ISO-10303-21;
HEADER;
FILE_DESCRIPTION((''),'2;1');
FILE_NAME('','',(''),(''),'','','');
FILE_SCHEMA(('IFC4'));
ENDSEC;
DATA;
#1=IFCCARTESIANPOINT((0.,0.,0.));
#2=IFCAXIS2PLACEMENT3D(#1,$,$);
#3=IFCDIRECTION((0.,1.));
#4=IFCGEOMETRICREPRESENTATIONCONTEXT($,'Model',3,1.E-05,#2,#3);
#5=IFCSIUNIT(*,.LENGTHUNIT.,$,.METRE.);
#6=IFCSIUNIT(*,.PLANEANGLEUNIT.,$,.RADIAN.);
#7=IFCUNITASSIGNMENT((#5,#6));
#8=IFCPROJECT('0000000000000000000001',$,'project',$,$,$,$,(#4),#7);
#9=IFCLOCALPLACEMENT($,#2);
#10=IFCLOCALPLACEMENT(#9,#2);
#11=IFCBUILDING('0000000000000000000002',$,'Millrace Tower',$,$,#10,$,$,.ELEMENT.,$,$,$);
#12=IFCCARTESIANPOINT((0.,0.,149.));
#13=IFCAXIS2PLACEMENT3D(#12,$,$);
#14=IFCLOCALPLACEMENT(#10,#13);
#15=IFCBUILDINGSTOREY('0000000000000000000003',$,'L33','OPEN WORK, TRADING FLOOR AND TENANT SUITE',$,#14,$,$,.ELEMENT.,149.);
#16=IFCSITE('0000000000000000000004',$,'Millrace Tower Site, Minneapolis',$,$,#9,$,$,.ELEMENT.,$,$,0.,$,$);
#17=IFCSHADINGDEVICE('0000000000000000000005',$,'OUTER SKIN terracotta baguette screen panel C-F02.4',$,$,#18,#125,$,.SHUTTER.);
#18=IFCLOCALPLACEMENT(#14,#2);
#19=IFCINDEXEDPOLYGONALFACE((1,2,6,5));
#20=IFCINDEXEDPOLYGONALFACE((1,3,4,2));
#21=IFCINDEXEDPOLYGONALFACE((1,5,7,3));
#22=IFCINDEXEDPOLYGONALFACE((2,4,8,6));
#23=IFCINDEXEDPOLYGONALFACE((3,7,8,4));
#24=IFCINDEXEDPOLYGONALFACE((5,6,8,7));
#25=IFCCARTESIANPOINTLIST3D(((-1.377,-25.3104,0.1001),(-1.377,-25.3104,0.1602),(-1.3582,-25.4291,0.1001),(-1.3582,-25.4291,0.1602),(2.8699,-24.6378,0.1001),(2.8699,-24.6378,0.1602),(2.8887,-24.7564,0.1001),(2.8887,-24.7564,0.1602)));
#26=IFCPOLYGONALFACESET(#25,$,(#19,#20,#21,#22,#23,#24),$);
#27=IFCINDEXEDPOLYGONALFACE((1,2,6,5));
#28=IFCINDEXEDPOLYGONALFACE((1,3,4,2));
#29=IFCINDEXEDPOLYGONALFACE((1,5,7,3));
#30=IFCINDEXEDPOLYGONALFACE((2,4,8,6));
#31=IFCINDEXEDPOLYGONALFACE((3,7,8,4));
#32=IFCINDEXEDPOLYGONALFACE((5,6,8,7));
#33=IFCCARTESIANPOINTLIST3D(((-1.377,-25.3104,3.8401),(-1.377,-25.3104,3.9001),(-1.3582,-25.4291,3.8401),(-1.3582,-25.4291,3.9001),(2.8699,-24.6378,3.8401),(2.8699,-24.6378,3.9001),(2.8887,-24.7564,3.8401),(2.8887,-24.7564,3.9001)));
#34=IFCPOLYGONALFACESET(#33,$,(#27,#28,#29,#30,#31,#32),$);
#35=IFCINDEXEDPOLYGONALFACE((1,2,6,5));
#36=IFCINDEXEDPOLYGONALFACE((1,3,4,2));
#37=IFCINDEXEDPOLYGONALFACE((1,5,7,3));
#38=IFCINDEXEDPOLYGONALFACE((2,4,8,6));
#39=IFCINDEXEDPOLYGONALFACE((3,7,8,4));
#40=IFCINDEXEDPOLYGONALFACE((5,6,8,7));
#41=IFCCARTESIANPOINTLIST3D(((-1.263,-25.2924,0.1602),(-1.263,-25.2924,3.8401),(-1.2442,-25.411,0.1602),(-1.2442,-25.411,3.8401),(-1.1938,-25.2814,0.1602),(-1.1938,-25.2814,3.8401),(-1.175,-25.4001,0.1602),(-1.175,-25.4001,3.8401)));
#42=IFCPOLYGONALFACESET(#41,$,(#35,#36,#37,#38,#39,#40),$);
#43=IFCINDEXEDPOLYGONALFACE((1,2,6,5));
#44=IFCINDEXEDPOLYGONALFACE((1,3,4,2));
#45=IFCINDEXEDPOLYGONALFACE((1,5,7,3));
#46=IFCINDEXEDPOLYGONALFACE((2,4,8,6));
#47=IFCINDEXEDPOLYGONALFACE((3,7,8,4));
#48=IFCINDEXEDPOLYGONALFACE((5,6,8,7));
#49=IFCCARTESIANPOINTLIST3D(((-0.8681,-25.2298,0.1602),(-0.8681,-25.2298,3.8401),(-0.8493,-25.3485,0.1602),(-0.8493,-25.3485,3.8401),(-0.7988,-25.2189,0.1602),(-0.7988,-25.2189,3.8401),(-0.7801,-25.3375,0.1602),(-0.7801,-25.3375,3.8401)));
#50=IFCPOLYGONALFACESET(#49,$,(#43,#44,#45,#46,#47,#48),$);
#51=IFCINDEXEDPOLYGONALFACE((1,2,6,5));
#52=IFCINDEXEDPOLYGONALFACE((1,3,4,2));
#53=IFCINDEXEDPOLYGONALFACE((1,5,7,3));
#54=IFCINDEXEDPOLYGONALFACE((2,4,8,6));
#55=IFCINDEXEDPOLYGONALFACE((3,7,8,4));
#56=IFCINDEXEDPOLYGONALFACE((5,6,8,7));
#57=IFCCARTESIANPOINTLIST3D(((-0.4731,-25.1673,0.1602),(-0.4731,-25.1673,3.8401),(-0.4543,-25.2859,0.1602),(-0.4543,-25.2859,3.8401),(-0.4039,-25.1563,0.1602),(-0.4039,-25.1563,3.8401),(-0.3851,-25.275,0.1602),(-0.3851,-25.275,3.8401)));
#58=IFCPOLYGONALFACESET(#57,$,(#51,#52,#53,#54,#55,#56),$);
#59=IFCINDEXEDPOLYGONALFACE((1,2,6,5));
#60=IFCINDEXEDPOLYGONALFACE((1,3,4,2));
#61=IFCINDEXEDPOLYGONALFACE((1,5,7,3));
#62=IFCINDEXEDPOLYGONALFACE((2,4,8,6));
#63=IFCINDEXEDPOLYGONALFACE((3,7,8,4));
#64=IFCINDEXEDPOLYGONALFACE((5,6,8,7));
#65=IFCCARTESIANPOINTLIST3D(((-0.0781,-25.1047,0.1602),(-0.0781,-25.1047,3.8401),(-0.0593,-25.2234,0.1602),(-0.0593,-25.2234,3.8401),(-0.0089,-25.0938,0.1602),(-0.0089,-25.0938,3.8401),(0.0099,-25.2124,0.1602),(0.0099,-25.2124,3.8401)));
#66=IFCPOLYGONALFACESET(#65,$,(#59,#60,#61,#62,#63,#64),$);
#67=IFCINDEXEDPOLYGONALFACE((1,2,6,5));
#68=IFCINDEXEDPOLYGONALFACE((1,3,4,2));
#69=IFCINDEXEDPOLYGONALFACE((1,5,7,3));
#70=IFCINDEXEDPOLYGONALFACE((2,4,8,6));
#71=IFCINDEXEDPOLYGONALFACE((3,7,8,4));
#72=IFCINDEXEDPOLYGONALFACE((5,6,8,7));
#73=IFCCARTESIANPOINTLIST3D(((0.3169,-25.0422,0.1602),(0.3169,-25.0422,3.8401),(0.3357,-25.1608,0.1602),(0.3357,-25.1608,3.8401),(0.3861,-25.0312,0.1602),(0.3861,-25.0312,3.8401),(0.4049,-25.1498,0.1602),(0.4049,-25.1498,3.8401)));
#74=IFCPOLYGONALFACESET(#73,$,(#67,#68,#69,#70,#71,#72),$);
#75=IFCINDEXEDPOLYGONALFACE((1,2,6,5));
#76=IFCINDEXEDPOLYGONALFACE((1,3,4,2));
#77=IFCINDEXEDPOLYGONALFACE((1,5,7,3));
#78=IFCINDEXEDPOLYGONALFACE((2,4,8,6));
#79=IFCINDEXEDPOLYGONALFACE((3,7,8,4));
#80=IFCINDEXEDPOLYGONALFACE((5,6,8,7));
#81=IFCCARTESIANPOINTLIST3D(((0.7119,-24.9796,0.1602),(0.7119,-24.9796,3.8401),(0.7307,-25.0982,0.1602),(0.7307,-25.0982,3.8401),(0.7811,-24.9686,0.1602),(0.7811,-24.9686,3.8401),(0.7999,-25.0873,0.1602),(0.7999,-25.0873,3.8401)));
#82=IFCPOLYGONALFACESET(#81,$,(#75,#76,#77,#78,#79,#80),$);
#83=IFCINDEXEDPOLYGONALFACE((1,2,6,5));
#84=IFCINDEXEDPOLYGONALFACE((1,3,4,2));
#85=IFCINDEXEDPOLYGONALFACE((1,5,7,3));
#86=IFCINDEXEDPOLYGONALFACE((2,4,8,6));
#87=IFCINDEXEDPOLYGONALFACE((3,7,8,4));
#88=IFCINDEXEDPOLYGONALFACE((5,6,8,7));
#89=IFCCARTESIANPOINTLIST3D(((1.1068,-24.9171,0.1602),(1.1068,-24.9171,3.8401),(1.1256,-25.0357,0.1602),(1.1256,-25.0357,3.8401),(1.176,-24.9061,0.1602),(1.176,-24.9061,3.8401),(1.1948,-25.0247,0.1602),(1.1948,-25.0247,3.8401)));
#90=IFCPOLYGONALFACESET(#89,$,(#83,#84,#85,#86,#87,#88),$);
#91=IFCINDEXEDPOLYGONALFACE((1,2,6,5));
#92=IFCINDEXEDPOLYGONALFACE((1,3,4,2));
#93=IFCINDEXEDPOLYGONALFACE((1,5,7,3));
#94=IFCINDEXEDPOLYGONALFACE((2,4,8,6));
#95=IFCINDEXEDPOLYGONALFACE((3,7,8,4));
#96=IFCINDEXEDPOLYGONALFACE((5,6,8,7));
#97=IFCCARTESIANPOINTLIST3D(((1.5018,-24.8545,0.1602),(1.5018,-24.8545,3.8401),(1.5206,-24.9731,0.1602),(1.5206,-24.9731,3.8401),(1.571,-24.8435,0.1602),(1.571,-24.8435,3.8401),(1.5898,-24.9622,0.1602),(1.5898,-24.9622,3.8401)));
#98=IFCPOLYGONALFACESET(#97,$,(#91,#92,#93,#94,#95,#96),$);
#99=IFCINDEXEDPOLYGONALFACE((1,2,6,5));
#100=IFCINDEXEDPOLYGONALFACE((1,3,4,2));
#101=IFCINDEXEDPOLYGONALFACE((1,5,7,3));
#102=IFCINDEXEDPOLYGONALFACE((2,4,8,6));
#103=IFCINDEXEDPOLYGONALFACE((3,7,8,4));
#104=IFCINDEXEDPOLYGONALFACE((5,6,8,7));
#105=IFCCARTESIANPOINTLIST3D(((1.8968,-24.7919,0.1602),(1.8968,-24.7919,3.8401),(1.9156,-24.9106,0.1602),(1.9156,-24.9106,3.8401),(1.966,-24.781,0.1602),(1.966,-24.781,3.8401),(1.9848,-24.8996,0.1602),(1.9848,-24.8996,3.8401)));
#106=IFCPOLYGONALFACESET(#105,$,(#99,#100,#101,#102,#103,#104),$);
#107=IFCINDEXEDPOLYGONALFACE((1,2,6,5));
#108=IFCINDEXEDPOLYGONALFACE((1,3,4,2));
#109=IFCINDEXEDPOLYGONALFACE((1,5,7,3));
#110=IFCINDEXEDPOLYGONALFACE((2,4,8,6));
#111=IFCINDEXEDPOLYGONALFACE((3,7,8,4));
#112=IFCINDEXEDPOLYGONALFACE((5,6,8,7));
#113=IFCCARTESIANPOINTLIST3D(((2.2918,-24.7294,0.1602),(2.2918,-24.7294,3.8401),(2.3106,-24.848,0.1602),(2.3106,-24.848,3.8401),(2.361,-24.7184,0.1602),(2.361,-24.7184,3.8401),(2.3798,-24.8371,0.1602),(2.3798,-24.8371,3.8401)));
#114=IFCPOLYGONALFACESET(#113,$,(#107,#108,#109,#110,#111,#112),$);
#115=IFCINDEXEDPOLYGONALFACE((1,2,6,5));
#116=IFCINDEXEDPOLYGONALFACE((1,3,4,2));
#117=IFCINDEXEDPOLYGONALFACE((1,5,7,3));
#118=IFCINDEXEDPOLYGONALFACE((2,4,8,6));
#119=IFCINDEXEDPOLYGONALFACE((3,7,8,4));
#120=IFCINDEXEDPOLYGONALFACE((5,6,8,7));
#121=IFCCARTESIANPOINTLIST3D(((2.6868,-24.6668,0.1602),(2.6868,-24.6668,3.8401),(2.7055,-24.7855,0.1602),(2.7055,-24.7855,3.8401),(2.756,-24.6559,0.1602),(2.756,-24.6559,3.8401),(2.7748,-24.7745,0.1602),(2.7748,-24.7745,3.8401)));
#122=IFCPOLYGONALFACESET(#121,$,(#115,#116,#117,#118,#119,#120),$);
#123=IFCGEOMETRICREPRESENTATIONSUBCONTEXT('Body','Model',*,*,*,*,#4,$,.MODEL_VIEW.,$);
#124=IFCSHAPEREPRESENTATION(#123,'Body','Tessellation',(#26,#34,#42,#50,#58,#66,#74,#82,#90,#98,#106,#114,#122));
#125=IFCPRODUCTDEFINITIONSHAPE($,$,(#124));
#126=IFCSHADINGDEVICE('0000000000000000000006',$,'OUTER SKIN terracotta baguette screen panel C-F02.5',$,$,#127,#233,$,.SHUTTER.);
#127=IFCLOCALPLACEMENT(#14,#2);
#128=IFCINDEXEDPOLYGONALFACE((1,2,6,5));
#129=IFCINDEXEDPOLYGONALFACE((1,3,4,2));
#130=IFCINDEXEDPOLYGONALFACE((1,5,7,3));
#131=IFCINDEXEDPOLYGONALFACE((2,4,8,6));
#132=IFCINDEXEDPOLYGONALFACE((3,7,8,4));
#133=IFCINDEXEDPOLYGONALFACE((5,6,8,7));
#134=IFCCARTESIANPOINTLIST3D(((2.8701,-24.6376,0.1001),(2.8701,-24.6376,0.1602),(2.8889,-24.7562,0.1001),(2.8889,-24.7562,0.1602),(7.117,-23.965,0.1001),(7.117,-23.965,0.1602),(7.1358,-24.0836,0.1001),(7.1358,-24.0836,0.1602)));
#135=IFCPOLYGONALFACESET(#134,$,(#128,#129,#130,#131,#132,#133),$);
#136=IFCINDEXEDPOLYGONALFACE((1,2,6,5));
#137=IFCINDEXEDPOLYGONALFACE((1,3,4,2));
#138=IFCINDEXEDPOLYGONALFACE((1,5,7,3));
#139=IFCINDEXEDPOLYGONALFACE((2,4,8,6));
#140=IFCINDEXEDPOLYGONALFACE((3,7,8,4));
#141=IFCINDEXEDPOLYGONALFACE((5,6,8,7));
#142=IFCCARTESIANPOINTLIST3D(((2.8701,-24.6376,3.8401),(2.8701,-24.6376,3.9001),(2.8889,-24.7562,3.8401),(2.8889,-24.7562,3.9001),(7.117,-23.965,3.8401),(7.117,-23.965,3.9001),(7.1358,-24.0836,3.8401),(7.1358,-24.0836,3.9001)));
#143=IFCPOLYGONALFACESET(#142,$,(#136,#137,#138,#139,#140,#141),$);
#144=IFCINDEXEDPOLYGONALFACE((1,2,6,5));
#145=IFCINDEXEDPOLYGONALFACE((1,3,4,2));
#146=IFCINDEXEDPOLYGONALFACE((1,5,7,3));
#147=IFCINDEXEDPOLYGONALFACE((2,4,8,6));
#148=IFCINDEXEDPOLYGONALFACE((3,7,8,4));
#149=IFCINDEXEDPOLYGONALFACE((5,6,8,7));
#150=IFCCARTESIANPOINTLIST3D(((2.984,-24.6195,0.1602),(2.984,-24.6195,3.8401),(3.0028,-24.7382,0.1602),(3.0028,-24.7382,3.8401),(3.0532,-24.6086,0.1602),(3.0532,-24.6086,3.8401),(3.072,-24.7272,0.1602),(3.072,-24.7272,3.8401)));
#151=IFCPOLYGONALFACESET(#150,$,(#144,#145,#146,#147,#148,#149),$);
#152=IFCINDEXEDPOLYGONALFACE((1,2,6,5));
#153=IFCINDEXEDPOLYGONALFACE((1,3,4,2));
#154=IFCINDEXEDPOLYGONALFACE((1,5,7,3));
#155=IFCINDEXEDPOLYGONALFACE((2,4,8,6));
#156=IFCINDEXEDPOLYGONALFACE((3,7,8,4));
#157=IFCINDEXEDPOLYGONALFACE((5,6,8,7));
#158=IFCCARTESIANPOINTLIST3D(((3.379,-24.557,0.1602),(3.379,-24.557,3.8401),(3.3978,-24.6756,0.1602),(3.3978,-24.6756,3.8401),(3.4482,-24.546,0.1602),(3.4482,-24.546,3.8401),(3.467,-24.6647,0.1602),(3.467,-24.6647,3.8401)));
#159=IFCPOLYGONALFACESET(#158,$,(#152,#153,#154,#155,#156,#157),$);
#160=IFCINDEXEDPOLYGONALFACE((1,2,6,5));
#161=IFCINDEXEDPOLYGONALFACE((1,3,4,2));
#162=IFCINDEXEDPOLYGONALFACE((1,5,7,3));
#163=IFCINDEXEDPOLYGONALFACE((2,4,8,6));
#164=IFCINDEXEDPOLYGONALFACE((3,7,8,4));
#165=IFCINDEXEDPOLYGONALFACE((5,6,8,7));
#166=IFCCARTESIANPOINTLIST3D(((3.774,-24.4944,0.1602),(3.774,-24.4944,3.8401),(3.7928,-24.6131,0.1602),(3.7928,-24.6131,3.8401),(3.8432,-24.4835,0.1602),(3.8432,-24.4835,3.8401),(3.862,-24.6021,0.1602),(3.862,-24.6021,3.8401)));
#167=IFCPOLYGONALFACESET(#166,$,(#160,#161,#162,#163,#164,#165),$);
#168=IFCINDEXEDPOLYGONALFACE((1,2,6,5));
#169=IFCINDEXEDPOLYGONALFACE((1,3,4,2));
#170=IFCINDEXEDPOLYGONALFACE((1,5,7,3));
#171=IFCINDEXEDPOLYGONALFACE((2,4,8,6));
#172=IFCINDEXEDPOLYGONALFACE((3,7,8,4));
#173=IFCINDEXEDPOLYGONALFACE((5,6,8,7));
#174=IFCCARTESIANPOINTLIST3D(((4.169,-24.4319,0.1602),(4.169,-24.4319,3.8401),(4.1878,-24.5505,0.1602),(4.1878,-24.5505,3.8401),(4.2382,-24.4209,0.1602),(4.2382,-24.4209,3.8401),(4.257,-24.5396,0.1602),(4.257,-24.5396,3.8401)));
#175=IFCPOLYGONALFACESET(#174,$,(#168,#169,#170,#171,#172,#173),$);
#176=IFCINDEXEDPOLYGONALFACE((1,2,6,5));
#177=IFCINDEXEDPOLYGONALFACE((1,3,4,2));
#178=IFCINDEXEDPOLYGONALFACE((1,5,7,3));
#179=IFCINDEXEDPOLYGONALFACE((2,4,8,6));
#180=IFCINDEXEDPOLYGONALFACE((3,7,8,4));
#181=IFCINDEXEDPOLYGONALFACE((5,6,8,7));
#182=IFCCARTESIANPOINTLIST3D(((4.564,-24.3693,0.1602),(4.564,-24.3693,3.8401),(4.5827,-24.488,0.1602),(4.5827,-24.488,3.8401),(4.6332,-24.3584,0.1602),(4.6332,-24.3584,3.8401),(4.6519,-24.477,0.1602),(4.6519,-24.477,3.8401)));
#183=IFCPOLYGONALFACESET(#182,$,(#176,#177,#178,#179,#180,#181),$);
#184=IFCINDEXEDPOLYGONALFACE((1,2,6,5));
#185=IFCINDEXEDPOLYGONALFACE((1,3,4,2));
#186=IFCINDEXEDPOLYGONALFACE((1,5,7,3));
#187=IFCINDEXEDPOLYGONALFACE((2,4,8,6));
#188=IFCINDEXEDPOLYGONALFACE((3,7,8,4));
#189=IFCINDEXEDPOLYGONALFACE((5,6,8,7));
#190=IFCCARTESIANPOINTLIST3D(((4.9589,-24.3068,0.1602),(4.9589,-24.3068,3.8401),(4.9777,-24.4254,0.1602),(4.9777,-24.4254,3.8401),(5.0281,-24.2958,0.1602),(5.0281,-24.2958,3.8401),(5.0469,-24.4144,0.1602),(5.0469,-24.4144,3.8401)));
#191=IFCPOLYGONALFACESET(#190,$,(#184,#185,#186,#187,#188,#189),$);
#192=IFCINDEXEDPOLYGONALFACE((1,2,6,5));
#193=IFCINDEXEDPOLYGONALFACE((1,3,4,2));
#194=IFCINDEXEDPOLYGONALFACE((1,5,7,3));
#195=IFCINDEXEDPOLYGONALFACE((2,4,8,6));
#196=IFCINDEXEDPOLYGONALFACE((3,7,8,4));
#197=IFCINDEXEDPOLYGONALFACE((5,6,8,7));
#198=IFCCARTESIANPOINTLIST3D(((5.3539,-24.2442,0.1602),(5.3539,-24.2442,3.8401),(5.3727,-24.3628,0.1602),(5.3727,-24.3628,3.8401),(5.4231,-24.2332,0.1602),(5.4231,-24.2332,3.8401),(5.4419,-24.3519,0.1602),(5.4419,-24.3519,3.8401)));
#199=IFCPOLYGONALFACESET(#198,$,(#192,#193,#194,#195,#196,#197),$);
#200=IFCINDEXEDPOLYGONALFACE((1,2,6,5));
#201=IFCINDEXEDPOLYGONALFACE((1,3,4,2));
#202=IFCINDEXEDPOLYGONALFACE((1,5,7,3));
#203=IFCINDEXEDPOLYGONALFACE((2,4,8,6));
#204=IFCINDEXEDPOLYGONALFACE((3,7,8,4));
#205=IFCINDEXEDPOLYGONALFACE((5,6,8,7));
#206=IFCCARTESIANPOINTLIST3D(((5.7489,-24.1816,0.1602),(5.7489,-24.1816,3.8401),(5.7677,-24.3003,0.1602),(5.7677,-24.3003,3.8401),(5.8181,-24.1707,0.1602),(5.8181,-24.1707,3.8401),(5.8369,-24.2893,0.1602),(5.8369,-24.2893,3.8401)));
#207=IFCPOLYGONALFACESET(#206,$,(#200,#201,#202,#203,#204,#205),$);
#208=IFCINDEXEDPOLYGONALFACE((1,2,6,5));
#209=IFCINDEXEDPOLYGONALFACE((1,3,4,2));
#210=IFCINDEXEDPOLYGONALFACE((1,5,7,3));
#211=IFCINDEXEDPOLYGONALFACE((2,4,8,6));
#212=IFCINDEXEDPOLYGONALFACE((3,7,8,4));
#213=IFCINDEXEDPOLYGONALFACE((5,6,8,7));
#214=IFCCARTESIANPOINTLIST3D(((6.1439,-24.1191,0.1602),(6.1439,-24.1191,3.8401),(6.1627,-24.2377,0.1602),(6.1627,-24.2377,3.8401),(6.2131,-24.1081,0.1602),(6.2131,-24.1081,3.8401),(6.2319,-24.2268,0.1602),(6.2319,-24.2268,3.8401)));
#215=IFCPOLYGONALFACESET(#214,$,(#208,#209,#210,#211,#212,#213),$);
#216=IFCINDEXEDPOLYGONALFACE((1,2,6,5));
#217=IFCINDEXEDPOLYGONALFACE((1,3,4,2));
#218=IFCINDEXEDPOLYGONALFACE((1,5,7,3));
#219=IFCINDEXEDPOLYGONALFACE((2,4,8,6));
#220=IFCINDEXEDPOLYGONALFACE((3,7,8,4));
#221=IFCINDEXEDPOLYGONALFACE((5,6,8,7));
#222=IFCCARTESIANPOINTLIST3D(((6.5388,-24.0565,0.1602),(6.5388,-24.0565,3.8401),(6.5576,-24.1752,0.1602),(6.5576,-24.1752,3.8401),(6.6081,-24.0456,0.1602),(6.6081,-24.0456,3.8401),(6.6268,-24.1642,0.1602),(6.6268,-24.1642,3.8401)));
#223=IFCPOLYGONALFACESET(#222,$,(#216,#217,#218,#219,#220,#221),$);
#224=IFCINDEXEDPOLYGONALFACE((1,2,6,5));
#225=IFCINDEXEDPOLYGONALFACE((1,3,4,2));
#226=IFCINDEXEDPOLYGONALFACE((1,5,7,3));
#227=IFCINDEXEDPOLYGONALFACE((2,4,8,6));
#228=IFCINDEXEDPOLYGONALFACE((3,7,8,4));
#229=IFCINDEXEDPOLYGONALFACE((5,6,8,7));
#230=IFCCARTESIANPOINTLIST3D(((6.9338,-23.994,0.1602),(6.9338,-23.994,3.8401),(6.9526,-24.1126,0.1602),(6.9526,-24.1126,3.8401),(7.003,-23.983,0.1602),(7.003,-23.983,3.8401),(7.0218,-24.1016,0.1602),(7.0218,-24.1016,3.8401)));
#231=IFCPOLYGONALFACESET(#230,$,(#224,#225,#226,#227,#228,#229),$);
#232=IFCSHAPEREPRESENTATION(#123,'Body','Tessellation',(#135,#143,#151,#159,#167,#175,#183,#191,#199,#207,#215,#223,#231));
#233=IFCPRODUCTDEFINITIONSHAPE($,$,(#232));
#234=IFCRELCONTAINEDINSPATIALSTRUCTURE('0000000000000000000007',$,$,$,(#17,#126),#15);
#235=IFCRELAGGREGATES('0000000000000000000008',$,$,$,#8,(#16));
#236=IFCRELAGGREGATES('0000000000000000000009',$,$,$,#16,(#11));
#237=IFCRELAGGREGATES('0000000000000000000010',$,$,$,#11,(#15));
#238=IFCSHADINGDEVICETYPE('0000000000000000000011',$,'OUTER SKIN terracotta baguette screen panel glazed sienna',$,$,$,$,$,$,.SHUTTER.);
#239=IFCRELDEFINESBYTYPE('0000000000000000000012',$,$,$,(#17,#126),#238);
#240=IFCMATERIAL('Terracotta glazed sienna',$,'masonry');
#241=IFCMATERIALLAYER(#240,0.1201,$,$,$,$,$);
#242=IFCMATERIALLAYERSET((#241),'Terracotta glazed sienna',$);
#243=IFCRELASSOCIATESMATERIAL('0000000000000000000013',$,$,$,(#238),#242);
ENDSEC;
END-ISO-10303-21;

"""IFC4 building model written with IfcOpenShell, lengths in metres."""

from ifc_helpers import new_model, entity, si_unit, direction, frame, frame_2d, origin, origin_2d, place, context, subcontext, project, spatial, rectangle, extrude, source, transform, mapped, material, layer, layer_set, type_object, element, save


model = new_model("IFC4")

# Units and contexts
model_context = context("Model", 3, precision=1e-05, world=origin(), true_north=direction((0.0, 1.0)))
body_context = subcontext(model_context, "Body", "Model", "MODEL_VIEW")
ifc_project = project(units=[si_unit("LENGTHUNIT", "METRE"), si_unit("PLANEANGLEUNIT", "RADIAN")], contexts=[model_context])

# Site, building, storey
site_placement = place(None, origin())
site = spatial("IfcSite", under=ifc_project, at=site_placement, Name="Millrace Tower Site, Minneapolis", CompositionType="ELEMENT", RefElevation=0.0)
building_placement = place(site_placement, origin())
building = spatial("IfcBuilding", under=site, at=building_placement, Name="Millrace Tower", CompositionType="ELEMENT")
storey_placement = place(building_placement, frame((0.0, 0.0, 149.0)))
storey = spatial("IfcBuildingStorey", under=building, at=storey_placement, Name="L33", Description="OPEN WORK, TRADING FLOOR AND TENANT SUITE", CompositionType="ELEMENT", Elevation=149.0)

# Shading devices
ifc_material_1 = material(Name="Terracotta glazed sienna", Category="masonry")
ifc_layer_1 = layer(ifc_material_1, 0.1201)
ifc_layer_set_1 = layer_set([ifc_layer_1], Name="Terracotta glazed sienna")
shading_device_type = type_object("IfcShadingDeviceType", Name="OUTER SKIN terracotta baguette screen panel glazed sienna", PredefinedType="SHUTTER", material=ifc_layer_set_1)
cartesian_point = entity("IfcCartesianPoint", [-2.1499, 0.0601])
shared_polyline = entity("IfcPolyline", [cartesian_point, entity("IfcCartesianPoint", [2.1499, 0.0601]), entity("IfcCartesianPoint", [2.1499, -0.0601]), entity("IfcCartesianPoint", [-2.1499, -0.0601]), cartesian_point])
shared_shape = source(origin(), body_context, "Body", "SweptSolid", [
    entity("IfcExtrudedAreaSolid", entity("IfcArbitraryClosedProfileDef", "AREA", None, shared_polyline), entity("IfcAxis2Placement3D", entity("IfcCartesianPoint", [0.0, 0.0, 0.0])), entity("IfcDirection", [0.0, 0.0, 1.0]), 0.0601),
    entity("IfcExtrudedAreaSolid", entity("IfcArbitraryClosedProfileDef", "AREA", None, shared_polyline), entity("IfcAxis2Placement3D", entity("IfcCartesianPoint", [0.0, 0.0, 3.74])), entity("IfcDirection", [0.0, 0.0, 1.0]), 0.0601),
    extrude(rectangle(XDim=0.0701, YDim=0.1201, at=frame_2d((-1.9995, 0.0))), frame((0.0, 0.0, 0.0601)), (0.0, 0.0, 1.0), 3.6799),
    extrude(rectangle(XDim=0.0701, YDim=0.1201, at=frame_2d((-1.5996, 0.0))), frame((0.0, 0.0, 0.0601)), (0.0, 0.0, 1.0), 3.6799),
    extrude(rectangle(XDim=0.0701, YDim=0.1201, at=frame_2d((-1.1997, 0.0))), frame((0.0, 0.0, 0.0601)), (0.0, 0.0, 1.0), 3.6799),
    extrude(rectangle(XDim=0.0701, YDim=0.1201, at=frame_2d((-0.7998, 0.0))), frame((0.0, 0.0, 0.0601)), (0.0, 0.0, 1.0), 3.6799),
    extrude(rectangle(XDim=0.0701, YDim=0.1201, at=frame_2d((-0.3999, 0.0))), frame((0.0, 0.0, 0.0601)), (0.0, 0.0, 1.0), 3.6799),
    extrude(rectangle(XDim=0.0701, YDim=0.1201, at=origin_2d()), frame((0.0, 0.0, 0.0601)), (0.0, 0.0, 1.0), 3.6799),
    extrude(rectangle(XDim=0.0701, YDim=0.1201, at=frame_2d((0.3999, 0.0))), frame((0.0, 0.0, 0.0601)), (0.0, 0.0, 1.0), 3.6799),
    extrude(rectangle(XDim=0.0701, YDim=0.1201, at=frame_2d((0.7998, 0.0))), frame((0.0, 0.0, 0.0601)), (0.0, 0.0, 1.0), 3.6799),
    extrude(rectangle(XDim=0.0701, YDim=0.1201, at=frame_2d((1.1997, 0.0))), frame((0.0, 0.0, 0.0601)), (0.0, 0.0, 1.0), 3.6799),
    extrude(rectangle(XDim=0.0701, YDim=0.1201, at=frame_2d((1.5996, 0.0))), frame((0.0, 0.0, 0.0601)), (0.0, 0.0, 1.0), 3.6799),
    extrude(rectangle(XDim=0.0701, YDim=0.1201, at=frame_2d((1.9995, 0.0))), frame((0.0, 0.0, 0.0601)), (0.0, 0.0, 1.0), 3.6799),
])
for number, where, z_axis, x_axis, name in (
    (1, (0.7559, -25.0334, 0.1001), (0.0, 0.0, 1.0), (0.987688, 0.156434, 0.0), "OUTER SKIN terracotta baguette screen panel C-F02.4"),
    (2, (5.0029, -24.3606, 0.1001), (0.0, 0.0, 1.0), (0.987688, 0.156434, 0.0), "OUTER SKIN terracotta baguette screen panel C-F02.5"),
):
    element("IfcShadingDevice", number, at=place(storey_placement, frame(where, z_axis=z_axis, x_axis=x_axis)), inside=storey, type_object=shading_device_type, Name=name, PredefinedType="SHUTTER", context=body_context, shape_type="MappedRepresentation", body=[
        mapped(shared_shape, transform((0.0, 0.0, 0.0), scale=1.0)),
    ])

save(model, "model.ifc")
